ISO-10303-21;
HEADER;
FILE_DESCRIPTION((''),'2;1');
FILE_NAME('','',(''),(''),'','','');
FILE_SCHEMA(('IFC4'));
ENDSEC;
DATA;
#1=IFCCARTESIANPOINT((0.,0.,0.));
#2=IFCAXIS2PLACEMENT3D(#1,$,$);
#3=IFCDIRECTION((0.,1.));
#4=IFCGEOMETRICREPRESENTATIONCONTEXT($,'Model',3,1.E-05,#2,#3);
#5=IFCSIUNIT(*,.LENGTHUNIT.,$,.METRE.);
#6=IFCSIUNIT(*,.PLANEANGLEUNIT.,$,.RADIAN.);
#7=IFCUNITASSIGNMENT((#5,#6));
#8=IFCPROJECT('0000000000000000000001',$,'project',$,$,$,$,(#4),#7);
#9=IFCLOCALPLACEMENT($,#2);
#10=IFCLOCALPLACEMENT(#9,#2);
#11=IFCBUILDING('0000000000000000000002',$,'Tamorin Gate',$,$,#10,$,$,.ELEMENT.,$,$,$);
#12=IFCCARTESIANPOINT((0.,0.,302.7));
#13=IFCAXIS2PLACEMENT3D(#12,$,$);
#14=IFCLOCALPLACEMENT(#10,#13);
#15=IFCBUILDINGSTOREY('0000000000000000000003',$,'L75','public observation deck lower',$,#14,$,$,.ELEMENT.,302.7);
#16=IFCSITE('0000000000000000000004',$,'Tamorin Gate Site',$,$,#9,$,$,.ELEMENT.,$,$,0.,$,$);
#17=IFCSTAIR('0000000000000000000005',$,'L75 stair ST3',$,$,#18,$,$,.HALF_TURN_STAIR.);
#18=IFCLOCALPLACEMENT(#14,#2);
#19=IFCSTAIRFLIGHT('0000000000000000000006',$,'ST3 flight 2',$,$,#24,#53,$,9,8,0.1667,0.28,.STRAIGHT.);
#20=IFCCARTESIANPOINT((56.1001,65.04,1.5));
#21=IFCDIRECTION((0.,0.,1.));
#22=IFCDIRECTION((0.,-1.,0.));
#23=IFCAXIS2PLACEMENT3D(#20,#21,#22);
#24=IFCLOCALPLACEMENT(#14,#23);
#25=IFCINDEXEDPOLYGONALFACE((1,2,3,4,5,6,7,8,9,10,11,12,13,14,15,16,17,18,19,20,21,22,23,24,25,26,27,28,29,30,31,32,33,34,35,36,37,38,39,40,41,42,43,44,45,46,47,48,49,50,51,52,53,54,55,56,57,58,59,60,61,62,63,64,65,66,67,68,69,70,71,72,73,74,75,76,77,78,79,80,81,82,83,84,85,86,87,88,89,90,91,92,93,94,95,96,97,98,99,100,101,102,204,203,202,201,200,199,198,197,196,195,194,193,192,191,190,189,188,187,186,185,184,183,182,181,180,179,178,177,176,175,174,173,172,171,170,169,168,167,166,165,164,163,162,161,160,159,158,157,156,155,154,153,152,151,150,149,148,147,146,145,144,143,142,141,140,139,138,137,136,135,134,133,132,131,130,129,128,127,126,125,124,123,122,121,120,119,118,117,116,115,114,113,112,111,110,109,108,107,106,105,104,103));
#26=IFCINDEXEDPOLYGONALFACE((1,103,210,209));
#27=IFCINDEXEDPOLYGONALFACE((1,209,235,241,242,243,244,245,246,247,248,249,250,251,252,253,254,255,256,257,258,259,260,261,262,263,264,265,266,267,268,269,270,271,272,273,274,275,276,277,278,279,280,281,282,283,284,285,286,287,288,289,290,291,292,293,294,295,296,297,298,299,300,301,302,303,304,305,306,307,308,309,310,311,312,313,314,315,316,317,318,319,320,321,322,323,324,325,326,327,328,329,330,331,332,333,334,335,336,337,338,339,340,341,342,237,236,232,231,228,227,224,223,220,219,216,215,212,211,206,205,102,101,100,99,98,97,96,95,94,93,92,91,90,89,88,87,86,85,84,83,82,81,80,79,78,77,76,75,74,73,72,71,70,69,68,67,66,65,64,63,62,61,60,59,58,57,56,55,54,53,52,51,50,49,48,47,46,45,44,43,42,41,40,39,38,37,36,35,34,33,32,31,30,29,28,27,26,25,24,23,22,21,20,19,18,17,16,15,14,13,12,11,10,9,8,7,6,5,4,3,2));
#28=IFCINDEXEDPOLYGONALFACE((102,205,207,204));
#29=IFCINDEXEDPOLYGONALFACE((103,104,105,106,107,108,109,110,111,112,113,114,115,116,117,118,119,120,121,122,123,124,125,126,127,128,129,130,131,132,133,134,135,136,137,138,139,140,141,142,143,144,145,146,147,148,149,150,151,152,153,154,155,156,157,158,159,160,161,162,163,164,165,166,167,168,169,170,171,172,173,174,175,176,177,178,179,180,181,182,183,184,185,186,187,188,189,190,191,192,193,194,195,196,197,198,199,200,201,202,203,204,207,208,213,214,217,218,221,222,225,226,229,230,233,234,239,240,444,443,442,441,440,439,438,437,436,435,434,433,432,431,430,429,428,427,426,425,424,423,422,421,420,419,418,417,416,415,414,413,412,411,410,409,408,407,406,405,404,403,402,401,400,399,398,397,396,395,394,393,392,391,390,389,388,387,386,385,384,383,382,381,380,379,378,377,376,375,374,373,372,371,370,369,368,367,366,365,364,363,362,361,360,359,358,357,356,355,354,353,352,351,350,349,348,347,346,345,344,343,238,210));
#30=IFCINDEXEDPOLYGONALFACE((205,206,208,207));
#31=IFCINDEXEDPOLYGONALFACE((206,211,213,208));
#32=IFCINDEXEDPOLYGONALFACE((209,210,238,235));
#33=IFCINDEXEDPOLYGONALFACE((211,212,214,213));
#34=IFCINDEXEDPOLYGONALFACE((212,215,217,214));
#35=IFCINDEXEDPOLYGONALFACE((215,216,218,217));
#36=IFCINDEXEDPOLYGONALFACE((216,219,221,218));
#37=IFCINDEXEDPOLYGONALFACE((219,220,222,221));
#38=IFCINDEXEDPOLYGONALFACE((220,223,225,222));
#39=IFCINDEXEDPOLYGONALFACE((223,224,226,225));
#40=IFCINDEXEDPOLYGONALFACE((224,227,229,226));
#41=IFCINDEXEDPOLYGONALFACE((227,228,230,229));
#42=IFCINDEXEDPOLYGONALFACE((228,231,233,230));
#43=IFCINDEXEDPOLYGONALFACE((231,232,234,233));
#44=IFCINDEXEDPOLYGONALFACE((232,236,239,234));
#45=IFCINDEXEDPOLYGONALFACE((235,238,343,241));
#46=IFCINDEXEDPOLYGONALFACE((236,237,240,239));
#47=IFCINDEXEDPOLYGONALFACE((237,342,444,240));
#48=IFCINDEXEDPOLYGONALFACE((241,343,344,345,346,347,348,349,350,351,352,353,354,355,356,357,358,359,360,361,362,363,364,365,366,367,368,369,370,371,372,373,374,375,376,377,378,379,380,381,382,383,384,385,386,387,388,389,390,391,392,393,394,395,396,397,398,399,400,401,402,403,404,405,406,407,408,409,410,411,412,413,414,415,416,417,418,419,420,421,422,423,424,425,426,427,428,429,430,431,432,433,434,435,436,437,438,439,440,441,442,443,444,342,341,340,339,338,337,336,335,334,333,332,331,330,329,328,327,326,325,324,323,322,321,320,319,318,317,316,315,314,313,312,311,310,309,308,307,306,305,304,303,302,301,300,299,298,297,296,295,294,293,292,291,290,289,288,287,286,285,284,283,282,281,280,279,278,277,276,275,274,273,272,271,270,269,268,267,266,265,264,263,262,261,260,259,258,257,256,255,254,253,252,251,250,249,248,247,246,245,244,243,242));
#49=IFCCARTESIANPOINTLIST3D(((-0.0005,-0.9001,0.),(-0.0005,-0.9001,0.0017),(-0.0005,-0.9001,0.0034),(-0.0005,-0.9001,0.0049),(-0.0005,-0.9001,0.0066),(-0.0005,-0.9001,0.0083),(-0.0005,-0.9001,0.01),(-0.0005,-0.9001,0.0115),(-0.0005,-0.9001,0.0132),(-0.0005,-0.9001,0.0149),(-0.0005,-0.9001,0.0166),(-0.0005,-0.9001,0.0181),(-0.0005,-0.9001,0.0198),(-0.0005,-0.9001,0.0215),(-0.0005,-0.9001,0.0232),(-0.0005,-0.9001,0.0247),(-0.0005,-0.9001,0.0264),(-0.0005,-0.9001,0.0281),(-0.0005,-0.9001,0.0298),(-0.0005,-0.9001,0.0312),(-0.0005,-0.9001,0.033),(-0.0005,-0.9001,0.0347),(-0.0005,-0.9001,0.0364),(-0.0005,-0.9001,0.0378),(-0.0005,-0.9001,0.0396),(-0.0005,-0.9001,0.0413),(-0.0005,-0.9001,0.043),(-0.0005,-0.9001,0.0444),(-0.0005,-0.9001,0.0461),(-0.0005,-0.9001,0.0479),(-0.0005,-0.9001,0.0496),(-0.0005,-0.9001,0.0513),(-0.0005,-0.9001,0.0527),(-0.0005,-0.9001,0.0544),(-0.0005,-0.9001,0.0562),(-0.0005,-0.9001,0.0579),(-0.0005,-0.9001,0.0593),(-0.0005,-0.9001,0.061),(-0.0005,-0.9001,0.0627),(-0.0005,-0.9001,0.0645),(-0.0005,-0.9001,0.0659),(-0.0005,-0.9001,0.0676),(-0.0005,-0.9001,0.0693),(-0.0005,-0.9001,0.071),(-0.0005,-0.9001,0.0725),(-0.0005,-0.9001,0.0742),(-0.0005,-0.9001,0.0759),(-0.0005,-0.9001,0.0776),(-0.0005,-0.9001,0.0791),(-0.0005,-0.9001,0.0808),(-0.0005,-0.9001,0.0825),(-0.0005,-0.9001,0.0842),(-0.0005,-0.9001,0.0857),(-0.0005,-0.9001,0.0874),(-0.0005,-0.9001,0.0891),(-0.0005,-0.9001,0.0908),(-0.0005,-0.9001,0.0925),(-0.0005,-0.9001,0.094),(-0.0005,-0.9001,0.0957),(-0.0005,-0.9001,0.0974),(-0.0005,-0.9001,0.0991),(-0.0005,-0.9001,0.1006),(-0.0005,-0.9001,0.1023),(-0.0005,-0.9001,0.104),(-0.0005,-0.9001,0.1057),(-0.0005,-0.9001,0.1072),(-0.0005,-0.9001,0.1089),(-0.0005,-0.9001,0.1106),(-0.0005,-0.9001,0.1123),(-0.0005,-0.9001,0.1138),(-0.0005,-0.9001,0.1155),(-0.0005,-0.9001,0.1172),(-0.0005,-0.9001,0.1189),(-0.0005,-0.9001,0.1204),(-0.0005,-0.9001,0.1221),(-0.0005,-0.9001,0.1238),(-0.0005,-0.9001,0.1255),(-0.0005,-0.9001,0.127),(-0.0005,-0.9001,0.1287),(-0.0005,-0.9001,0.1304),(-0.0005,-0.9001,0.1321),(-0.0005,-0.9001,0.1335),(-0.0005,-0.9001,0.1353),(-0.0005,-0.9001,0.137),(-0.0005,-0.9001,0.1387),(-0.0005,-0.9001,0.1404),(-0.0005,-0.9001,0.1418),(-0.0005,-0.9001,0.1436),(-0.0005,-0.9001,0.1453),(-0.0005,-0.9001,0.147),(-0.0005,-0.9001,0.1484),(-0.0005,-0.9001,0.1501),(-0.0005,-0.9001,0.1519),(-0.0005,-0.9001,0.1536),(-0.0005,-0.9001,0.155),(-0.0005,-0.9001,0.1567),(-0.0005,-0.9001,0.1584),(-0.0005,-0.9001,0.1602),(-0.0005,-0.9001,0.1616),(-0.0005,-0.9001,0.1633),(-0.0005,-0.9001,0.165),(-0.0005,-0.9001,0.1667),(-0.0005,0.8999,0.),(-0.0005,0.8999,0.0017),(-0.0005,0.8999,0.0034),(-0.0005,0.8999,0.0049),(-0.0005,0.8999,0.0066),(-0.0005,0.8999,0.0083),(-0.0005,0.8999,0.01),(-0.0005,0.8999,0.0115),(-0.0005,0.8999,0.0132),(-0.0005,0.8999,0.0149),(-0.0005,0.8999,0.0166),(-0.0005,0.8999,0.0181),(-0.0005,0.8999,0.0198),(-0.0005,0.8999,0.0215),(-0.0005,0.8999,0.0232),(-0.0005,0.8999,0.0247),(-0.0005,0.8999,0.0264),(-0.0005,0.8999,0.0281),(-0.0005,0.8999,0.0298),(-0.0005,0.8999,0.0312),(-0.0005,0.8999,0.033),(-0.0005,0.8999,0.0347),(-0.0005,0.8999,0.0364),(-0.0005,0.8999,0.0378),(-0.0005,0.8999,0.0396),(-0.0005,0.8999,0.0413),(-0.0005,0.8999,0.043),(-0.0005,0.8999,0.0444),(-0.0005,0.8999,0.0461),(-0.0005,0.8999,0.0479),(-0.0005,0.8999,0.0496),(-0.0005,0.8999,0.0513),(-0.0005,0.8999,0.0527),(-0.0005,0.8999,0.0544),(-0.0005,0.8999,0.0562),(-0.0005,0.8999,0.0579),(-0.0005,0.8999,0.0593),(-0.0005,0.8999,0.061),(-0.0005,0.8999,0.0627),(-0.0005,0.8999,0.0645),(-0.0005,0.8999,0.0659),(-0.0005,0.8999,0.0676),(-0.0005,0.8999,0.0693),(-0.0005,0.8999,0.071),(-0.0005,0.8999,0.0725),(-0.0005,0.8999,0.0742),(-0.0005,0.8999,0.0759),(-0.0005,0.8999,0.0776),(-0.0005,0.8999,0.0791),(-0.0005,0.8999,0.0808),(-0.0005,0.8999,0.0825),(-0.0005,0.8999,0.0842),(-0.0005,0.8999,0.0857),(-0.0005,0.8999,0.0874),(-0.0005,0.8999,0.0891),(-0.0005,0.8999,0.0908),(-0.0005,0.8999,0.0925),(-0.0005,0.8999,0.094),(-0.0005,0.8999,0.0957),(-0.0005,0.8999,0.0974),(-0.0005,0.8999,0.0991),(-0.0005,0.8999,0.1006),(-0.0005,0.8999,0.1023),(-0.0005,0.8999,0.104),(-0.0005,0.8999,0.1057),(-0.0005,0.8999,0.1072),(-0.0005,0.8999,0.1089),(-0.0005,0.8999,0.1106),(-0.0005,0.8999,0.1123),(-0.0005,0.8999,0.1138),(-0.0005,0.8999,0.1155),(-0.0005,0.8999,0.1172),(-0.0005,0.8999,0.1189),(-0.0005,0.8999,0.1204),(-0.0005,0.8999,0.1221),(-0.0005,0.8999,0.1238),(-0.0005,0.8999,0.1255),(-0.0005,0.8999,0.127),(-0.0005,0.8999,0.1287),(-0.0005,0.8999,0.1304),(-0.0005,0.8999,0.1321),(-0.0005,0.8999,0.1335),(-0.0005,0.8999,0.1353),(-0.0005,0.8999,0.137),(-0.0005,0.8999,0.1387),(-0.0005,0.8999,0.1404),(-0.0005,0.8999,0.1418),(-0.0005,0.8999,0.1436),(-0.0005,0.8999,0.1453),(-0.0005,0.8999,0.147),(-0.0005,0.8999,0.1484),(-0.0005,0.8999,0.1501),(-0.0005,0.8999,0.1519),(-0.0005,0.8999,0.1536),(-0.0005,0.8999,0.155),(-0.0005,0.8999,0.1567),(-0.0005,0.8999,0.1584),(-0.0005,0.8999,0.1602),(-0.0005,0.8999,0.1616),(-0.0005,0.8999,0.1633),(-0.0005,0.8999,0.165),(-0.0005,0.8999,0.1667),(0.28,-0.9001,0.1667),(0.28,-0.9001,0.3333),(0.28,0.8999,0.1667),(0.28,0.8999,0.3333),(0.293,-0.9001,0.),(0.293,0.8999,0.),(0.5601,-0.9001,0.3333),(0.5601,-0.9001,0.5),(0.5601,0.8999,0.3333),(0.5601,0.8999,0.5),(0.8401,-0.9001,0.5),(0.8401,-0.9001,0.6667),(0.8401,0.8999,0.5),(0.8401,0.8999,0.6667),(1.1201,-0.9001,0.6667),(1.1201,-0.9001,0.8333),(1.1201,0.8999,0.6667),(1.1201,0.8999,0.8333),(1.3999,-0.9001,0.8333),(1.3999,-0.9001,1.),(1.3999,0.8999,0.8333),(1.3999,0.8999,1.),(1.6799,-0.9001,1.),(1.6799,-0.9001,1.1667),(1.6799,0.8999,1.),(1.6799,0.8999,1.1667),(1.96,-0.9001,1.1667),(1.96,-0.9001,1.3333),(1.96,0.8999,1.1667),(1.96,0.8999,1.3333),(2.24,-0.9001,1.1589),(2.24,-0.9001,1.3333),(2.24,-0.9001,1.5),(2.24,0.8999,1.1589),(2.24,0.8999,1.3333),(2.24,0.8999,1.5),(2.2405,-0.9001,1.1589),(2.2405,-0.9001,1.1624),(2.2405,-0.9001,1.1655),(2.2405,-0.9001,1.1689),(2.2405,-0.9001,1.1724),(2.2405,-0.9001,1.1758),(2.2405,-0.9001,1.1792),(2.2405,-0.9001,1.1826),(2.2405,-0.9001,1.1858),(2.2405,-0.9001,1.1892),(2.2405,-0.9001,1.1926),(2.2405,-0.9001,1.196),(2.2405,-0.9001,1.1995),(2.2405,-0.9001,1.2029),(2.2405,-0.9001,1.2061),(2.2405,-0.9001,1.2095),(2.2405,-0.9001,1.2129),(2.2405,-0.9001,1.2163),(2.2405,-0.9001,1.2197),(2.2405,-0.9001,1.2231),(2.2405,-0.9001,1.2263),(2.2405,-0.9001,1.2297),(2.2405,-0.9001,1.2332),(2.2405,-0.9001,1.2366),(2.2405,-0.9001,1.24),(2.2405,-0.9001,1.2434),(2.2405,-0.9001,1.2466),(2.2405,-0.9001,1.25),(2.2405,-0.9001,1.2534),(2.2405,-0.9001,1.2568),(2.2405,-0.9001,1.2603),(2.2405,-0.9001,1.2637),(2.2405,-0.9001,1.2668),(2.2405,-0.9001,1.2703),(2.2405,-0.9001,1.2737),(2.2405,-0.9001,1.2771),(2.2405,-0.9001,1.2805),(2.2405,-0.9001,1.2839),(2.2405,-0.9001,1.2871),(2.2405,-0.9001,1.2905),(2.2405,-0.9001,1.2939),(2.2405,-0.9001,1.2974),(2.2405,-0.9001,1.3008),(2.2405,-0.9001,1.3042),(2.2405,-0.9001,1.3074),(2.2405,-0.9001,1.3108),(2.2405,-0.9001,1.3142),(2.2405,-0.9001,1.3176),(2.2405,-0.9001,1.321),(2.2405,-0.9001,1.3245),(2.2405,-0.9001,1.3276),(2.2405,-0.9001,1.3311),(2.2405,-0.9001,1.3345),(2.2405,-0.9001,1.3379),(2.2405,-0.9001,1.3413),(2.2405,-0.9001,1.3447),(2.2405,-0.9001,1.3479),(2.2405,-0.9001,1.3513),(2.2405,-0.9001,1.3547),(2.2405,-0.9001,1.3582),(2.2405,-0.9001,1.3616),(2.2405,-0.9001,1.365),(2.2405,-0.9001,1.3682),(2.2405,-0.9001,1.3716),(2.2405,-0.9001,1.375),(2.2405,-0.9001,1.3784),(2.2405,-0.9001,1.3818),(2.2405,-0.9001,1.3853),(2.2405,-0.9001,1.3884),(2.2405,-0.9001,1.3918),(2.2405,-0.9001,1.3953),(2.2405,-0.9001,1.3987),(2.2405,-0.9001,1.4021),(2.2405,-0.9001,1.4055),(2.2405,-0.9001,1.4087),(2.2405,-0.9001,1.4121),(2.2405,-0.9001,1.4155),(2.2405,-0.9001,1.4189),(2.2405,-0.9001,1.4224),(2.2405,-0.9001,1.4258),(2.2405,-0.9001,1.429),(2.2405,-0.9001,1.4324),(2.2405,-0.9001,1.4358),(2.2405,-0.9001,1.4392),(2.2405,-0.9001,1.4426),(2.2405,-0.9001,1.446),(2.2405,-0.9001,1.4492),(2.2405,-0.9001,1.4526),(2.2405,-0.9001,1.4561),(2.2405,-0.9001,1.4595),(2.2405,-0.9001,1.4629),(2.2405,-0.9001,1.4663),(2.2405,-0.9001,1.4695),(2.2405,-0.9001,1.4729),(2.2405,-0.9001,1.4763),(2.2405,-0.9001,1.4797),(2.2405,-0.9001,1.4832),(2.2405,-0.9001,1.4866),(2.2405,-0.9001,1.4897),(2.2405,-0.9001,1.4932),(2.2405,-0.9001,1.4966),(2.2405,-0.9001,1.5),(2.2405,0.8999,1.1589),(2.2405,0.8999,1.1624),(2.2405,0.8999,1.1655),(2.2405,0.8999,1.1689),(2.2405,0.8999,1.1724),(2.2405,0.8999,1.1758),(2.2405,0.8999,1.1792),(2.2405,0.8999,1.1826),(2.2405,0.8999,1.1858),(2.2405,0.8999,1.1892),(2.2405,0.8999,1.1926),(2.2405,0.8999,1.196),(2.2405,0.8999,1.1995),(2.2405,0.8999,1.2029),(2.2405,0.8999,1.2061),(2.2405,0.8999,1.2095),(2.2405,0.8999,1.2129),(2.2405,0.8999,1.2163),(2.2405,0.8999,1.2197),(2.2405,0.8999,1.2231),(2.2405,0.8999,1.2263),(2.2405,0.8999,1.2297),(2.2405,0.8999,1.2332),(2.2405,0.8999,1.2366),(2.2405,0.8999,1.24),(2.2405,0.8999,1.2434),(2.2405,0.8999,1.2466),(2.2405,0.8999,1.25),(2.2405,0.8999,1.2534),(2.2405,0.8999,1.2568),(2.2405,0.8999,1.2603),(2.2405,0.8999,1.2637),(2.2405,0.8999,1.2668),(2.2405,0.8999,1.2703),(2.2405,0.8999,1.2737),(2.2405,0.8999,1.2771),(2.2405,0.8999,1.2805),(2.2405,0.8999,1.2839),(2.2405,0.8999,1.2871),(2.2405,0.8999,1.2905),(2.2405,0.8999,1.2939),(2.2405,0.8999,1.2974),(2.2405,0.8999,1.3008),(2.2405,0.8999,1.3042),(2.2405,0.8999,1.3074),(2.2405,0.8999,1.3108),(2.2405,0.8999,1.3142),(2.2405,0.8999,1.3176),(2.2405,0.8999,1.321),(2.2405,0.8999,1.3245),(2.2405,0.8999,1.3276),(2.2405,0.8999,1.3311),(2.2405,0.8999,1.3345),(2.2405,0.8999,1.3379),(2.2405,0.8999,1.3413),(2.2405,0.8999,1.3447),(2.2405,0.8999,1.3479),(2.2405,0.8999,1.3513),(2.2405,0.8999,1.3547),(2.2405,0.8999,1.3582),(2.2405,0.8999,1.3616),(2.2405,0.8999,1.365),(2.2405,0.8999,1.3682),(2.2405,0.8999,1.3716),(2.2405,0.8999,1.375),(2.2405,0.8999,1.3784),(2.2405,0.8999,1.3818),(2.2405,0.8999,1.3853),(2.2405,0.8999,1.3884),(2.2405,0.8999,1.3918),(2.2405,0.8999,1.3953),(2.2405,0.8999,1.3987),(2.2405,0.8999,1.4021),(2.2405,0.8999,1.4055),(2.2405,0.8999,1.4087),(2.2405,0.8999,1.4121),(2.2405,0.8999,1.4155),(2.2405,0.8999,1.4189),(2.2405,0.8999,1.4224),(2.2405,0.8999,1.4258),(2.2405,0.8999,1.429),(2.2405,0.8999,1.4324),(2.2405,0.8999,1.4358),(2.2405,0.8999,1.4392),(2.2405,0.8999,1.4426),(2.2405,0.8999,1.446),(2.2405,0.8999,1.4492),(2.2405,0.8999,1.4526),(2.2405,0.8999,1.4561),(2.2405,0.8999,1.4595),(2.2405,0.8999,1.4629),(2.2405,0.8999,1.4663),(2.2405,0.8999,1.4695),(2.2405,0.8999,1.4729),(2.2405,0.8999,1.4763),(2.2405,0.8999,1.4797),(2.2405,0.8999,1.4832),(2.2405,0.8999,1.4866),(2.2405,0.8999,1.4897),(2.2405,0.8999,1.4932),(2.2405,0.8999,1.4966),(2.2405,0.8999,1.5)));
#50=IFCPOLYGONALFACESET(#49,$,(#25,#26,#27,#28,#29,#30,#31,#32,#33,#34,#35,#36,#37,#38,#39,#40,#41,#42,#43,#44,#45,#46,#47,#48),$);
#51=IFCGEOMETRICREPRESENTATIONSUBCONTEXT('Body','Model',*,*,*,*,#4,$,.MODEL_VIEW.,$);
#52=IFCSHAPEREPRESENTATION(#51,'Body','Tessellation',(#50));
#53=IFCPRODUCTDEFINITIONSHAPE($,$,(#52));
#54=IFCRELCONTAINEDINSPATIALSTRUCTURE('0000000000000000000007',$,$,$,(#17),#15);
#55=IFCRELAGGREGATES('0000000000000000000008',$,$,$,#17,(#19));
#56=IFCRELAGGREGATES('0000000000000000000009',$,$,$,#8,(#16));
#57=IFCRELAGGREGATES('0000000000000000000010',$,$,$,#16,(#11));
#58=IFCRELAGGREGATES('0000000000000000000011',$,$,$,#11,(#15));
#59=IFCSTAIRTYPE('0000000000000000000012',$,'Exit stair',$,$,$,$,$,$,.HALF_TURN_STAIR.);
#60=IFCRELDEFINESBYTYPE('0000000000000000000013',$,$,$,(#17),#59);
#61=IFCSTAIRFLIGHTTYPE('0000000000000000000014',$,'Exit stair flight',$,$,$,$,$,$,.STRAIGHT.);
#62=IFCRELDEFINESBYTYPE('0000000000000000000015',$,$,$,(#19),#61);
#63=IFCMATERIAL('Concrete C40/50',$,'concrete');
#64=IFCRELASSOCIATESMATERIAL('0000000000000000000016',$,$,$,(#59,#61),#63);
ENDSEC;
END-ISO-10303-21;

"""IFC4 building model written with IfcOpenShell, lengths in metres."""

from ifc_helpers import new_model, si_unit, direction, frame, origin, place, context, subcontext, project, spatial, polyline, outline, extrude, material, type_object, element, aggregate, save


model = new_model("IFC4")

# Units and contexts
model_context = context("Model", 3, precision=1e-05, world=origin(), true_north=direction((0.0, 1.0)))
body_context = subcontext(model_context, "Body", "Model", "MODEL_VIEW")
ifc_project = project(units=[si_unit("LENGTHUNIT", "METRE"), si_unit("PLANEANGLEUNIT", "RADIAN")], contexts=[model_context])

# Site, building, storey
site_placement = place(None, origin())
site = spatial("IfcSite", under=ifc_project, at=site_placement, Name="Tamorin Gate Site", CompositionType="ELEMENT", RefElevation=0.0)
building_placement = place(site_placement, origin())
building = spatial("IfcBuilding", under=site, at=building_placement, Name="Tamorin Gate", CompositionType="ELEMENT")
storey_placement = place(building_placement, frame((0.0, 0.0, 302.7)))
storey = spatial("IfcBuildingStorey", under=building, at=storey_placement, Name="L75", Description="public observation deck lower", CompositionType="ELEMENT", Elevation=302.7)

# Shared definitions
ifc_material_1 = material(Name="Concrete C40/50", Category="concrete")

# Stair, stair flight
stair_type = type_object("IfcStairType", Name="Exit stair", PredefinedType="HALF_TURN_STAIR", material=ifc_material_1)
stair_placement = place(storey_placement, origin())
stair = element("IfcStair", 1, at=stair_placement, inside=storey, type_object=stair_type, Name="L75 stair ST3", PredefinedType="HALF_TURN_STAIR")
stair_flight_type = type_object("IfcStairFlightType", Name="Exit stair flight", PredefinedType="STRAIGHT", material=ifc_material_1)
stair_flight_1_placement = place(storey_placement, frame((56.1001, 65.04, 1.5), z_axis=(0.0, 0.0, 1.0), x_axis=(0.0, -1.0, 0.0)))
stair_flight_1 = element("IfcStairFlight", 2, at=stair_flight_1_placement, type_object=stair_flight_type, Name="ST3 flight 2", NumberOfRisers=9, NumberOfTreads=8, PredefinedType="STRAIGHT", RiserHeight=0.1667, TreadLength=0.28, context=body_context, shape_type="SweptSolid", body=[
    extrude(outline(polyline([(-0.0005, 0.0), (-0.0005, 0.0017), (-0.0005, 0.0034), (-0.0005, 0.0049), (-0.0005, 0.0066), (-0.0005, 0.0083), (-0.0005, 0.01), (-0.0005, 0.0115), (-0.0005, 0.0132), (-0.0005, 0.0149), (-0.0005, 0.0166), (-0.0005, 0.0181), (-0.0005, 0.0198), (-0.0005, 0.0215), (-0.0005, 0.0232), (-0.0005, 0.0247), (-0.0005, 0.0264), (-0.0005, 0.0281), (-0.0005, 0.0298), (-0.0005, 0.0312), (-0.0005, 0.033), (-0.0005, 0.0347), (-0.0005, 0.0364), (-0.0005, 0.0378), (-0.0005, 0.0396), (-0.0005, 0.0413), (-0.0005, 0.043), (-0.0005, 0.0444), (-0.0005, 0.0461), (-0.0005, 0.0479), (-0.0005, 0.0496), (-0.0005, 0.0513), (-0.0005, 0.0527), (-0.0005, 0.0544), (-0.0005, 0.0562), (-0.0005, 0.0579), (-0.0005, 0.0593), (-0.0005, 0.061), (-0.0005, 0.0627), (-0.0005, 0.0645), (-0.0005, 0.0659), (-0.0005, 0.0676), (-0.0005, 0.0693), (-0.0005, 0.071), (-0.0005, 0.0725), (-0.0005, 0.0742), (-0.0005, 0.0759), (-0.0005, 0.0776), (-0.0005, 0.0791), (-0.0005, 0.0808), (-0.0005, 0.0825), (-0.0005, 0.0842), (-0.0005, 0.0857), (-0.0005, 0.0874), (-0.0005, 0.0891), (-0.0005, 0.0908), (-0.0005, 0.0925), (-0.0005, 0.094), (-0.0005, 0.0957), (-0.0005, 0.0974), (-0.0005, 0.0991), (-0.0005, 0.1006), (-0.0005, 0.1023), (-0.0005, 0.104), (-0.0005, 0.1057), (-0.0005, 0.1072), (-0.0005, 0.1089), (-0.0005, 0.1106), (-0.0005, 0.1123), (-0.0005, 0.1138), (-0.0005, 0.1155), (-0.0005, 0.1172), (-0.0005, 0.1189), (-0.0005, 0.1204), (-0.0005, 0.1221), (-0.0005, 0.1238), (-0.0005, 0.1255), (-0.0005, 0.127), (-0.0005, 0.1287), (-0.0005, 0.1304), (-0.0005, 0.1321), (-0.0005, 0.1335), (-0.0005, 0.1353), (-0.0005, 0.137), (-0.0005, 0.1387), (-0.0005, 0.1404), (-0.0005, 0.1418), (-0.0005, 0.1436), (-0.0005, 0.1453), (-0.0005, 0.147), (-0.0005, 0.1484), (-0.0005, 0.1501), (-0.0005, 0.1519), (-0.0005, 0.1536), (-0.0005, 0.155), (-0.0005, 0.1567), (-0.0005, 0.1584), (-0.0005, 0.1602), (-0.0005, 0.1616), (-0.0005, 0.1633), (-0.0005, 0.165), (-0.0005, 0.1667), (0.28, 0.1667), (0.28, 0.3333), (0.5601, 0.3333), (0.5601, 0.5), (0.8401, 0.5), (0.8401, 0.6667), (1.1201, 0.6667), (1.1201, 0.8333), (1.3999, 0.8333), (1.3999, 1.0), (1.6799, 1.0), (1.6799, 1.1667), (1.96, 1.1667), (1.96, 1.3333), (2.24, 1.3333), (2.24, 1.5), (2.2405, 1.5), (2.2405, 1.4966), (2.2405, 1.4932), (2.2405, 1.4897), (2.2405, 1.4866), (2.2405, 1.4832), (2.2405, 1.4797), (2.2405, 1.4763), (2.2405, 1.4729), (2.2405, 1.4695), (2.2405, 1.4663), (2.2405, 1.4629), (2.2405, 1.4595), (2.2405, 1.4561), (2.2405, 1.4526), (2.2405, 1.4492), (2.2405, 1.446), (2.2405, 1.4426), (2.2405, 1.4392), (2.2405, 1.4358), (2.2405, 1.4324), (2.2405, 1.429), (2.2405, 1.4258), (2.2405, 1.4224), (2.2405, 1.4189), (2.2405, 1.4155), (2.2405, 1.4121), (2.2405, 1.4087), (2.2405, 1.4055), (2.2405, 1.4021), (2.2405, 1.3987), (2.2405, 1.3953), (2.2405, 1.3918), (2.2405, 1.3884), (2.2405, 1.3853), (2.2405, 1.3818), (2.2405, 1.3784), (2.2405, 1.375), (2.2405, 1.3716), (2.2405, 1.3682), (2.2405, 1.365), (2.2405, 1.3616), (2.2405, 1.3582), (2.2405, 1.3547), (2.2405, 1.3513), (2.2405, 1.3479), (2.2405, 1.3447), (2.2405, 1.3413), (2.2405, 1.3379), (2.2405, 1.3345), (2.2405, 1.3311), (2.2405, 1.3276), (2.2405, 1.3245), (2.2405, 1.321), (2.2405, 1.3176), (2.2405, 1.3142), (2.2405, 1.3108), (2.2405, 1.3074), (2.2405, 1.3042), (2.2405, 1.3008), (2.2405, 1.2974), (2.2405, 1.2939), (2.2405, 1.2905), (2.2405, 1.2871), (2.2405, 1.2839), (2.2405, 1.2805), (2.2405, 1.2771), (2.2405, 1.2737), (2.2405, 1.2703), (2.2405, 1.2668), (2.2405, 1.2637), (2.2405, 1.2603), (2.2405, 1.2568), (2.2405, 1.2534), (2.2405, 1.25), (2.2405, 1.2466), (2.2405, 1.2434), (2.2405, 1.24), (2.2405, 1.2366), (2.2405, 1.2332), (2.2405, 1.2297), (2.2405, 1.2263), (2.2405, 1.2231), (2.2405, 1.2197), (2.2405, 1.2163), (2.2405, 1.2129), (2.2405, 1.2095), (2.2405, 1.2061), (2.2405, 1.2029), (2.2405, 1.1995), (2.2405, 1.196), (2.2405, 1.1926), (2.2405, 1.1892), (2.2405, 1.1858), (2.2405, 1.1826), (2.2405, 1.1792), (2.2405, 1.1758), (2.2405, 1.1724), (2.2405, 1.1689), (2.2405, 1.1655), (2.2405, 1.1624), (2.2405, 1.1589), (2.24, 1.1589), (0.293, 0.0), (-0.0005, 0.0)])), frame((0.0, 0.8999, 0.0), z_axis=(0.0, -1.0, 0.0), x_axis=(1.0, 0.0, 0.0)), (0.0, 0.0, 1.0), 1.8),
])
aggregate(stair, [stair_flight_1])

save(model, "model.ifc")
